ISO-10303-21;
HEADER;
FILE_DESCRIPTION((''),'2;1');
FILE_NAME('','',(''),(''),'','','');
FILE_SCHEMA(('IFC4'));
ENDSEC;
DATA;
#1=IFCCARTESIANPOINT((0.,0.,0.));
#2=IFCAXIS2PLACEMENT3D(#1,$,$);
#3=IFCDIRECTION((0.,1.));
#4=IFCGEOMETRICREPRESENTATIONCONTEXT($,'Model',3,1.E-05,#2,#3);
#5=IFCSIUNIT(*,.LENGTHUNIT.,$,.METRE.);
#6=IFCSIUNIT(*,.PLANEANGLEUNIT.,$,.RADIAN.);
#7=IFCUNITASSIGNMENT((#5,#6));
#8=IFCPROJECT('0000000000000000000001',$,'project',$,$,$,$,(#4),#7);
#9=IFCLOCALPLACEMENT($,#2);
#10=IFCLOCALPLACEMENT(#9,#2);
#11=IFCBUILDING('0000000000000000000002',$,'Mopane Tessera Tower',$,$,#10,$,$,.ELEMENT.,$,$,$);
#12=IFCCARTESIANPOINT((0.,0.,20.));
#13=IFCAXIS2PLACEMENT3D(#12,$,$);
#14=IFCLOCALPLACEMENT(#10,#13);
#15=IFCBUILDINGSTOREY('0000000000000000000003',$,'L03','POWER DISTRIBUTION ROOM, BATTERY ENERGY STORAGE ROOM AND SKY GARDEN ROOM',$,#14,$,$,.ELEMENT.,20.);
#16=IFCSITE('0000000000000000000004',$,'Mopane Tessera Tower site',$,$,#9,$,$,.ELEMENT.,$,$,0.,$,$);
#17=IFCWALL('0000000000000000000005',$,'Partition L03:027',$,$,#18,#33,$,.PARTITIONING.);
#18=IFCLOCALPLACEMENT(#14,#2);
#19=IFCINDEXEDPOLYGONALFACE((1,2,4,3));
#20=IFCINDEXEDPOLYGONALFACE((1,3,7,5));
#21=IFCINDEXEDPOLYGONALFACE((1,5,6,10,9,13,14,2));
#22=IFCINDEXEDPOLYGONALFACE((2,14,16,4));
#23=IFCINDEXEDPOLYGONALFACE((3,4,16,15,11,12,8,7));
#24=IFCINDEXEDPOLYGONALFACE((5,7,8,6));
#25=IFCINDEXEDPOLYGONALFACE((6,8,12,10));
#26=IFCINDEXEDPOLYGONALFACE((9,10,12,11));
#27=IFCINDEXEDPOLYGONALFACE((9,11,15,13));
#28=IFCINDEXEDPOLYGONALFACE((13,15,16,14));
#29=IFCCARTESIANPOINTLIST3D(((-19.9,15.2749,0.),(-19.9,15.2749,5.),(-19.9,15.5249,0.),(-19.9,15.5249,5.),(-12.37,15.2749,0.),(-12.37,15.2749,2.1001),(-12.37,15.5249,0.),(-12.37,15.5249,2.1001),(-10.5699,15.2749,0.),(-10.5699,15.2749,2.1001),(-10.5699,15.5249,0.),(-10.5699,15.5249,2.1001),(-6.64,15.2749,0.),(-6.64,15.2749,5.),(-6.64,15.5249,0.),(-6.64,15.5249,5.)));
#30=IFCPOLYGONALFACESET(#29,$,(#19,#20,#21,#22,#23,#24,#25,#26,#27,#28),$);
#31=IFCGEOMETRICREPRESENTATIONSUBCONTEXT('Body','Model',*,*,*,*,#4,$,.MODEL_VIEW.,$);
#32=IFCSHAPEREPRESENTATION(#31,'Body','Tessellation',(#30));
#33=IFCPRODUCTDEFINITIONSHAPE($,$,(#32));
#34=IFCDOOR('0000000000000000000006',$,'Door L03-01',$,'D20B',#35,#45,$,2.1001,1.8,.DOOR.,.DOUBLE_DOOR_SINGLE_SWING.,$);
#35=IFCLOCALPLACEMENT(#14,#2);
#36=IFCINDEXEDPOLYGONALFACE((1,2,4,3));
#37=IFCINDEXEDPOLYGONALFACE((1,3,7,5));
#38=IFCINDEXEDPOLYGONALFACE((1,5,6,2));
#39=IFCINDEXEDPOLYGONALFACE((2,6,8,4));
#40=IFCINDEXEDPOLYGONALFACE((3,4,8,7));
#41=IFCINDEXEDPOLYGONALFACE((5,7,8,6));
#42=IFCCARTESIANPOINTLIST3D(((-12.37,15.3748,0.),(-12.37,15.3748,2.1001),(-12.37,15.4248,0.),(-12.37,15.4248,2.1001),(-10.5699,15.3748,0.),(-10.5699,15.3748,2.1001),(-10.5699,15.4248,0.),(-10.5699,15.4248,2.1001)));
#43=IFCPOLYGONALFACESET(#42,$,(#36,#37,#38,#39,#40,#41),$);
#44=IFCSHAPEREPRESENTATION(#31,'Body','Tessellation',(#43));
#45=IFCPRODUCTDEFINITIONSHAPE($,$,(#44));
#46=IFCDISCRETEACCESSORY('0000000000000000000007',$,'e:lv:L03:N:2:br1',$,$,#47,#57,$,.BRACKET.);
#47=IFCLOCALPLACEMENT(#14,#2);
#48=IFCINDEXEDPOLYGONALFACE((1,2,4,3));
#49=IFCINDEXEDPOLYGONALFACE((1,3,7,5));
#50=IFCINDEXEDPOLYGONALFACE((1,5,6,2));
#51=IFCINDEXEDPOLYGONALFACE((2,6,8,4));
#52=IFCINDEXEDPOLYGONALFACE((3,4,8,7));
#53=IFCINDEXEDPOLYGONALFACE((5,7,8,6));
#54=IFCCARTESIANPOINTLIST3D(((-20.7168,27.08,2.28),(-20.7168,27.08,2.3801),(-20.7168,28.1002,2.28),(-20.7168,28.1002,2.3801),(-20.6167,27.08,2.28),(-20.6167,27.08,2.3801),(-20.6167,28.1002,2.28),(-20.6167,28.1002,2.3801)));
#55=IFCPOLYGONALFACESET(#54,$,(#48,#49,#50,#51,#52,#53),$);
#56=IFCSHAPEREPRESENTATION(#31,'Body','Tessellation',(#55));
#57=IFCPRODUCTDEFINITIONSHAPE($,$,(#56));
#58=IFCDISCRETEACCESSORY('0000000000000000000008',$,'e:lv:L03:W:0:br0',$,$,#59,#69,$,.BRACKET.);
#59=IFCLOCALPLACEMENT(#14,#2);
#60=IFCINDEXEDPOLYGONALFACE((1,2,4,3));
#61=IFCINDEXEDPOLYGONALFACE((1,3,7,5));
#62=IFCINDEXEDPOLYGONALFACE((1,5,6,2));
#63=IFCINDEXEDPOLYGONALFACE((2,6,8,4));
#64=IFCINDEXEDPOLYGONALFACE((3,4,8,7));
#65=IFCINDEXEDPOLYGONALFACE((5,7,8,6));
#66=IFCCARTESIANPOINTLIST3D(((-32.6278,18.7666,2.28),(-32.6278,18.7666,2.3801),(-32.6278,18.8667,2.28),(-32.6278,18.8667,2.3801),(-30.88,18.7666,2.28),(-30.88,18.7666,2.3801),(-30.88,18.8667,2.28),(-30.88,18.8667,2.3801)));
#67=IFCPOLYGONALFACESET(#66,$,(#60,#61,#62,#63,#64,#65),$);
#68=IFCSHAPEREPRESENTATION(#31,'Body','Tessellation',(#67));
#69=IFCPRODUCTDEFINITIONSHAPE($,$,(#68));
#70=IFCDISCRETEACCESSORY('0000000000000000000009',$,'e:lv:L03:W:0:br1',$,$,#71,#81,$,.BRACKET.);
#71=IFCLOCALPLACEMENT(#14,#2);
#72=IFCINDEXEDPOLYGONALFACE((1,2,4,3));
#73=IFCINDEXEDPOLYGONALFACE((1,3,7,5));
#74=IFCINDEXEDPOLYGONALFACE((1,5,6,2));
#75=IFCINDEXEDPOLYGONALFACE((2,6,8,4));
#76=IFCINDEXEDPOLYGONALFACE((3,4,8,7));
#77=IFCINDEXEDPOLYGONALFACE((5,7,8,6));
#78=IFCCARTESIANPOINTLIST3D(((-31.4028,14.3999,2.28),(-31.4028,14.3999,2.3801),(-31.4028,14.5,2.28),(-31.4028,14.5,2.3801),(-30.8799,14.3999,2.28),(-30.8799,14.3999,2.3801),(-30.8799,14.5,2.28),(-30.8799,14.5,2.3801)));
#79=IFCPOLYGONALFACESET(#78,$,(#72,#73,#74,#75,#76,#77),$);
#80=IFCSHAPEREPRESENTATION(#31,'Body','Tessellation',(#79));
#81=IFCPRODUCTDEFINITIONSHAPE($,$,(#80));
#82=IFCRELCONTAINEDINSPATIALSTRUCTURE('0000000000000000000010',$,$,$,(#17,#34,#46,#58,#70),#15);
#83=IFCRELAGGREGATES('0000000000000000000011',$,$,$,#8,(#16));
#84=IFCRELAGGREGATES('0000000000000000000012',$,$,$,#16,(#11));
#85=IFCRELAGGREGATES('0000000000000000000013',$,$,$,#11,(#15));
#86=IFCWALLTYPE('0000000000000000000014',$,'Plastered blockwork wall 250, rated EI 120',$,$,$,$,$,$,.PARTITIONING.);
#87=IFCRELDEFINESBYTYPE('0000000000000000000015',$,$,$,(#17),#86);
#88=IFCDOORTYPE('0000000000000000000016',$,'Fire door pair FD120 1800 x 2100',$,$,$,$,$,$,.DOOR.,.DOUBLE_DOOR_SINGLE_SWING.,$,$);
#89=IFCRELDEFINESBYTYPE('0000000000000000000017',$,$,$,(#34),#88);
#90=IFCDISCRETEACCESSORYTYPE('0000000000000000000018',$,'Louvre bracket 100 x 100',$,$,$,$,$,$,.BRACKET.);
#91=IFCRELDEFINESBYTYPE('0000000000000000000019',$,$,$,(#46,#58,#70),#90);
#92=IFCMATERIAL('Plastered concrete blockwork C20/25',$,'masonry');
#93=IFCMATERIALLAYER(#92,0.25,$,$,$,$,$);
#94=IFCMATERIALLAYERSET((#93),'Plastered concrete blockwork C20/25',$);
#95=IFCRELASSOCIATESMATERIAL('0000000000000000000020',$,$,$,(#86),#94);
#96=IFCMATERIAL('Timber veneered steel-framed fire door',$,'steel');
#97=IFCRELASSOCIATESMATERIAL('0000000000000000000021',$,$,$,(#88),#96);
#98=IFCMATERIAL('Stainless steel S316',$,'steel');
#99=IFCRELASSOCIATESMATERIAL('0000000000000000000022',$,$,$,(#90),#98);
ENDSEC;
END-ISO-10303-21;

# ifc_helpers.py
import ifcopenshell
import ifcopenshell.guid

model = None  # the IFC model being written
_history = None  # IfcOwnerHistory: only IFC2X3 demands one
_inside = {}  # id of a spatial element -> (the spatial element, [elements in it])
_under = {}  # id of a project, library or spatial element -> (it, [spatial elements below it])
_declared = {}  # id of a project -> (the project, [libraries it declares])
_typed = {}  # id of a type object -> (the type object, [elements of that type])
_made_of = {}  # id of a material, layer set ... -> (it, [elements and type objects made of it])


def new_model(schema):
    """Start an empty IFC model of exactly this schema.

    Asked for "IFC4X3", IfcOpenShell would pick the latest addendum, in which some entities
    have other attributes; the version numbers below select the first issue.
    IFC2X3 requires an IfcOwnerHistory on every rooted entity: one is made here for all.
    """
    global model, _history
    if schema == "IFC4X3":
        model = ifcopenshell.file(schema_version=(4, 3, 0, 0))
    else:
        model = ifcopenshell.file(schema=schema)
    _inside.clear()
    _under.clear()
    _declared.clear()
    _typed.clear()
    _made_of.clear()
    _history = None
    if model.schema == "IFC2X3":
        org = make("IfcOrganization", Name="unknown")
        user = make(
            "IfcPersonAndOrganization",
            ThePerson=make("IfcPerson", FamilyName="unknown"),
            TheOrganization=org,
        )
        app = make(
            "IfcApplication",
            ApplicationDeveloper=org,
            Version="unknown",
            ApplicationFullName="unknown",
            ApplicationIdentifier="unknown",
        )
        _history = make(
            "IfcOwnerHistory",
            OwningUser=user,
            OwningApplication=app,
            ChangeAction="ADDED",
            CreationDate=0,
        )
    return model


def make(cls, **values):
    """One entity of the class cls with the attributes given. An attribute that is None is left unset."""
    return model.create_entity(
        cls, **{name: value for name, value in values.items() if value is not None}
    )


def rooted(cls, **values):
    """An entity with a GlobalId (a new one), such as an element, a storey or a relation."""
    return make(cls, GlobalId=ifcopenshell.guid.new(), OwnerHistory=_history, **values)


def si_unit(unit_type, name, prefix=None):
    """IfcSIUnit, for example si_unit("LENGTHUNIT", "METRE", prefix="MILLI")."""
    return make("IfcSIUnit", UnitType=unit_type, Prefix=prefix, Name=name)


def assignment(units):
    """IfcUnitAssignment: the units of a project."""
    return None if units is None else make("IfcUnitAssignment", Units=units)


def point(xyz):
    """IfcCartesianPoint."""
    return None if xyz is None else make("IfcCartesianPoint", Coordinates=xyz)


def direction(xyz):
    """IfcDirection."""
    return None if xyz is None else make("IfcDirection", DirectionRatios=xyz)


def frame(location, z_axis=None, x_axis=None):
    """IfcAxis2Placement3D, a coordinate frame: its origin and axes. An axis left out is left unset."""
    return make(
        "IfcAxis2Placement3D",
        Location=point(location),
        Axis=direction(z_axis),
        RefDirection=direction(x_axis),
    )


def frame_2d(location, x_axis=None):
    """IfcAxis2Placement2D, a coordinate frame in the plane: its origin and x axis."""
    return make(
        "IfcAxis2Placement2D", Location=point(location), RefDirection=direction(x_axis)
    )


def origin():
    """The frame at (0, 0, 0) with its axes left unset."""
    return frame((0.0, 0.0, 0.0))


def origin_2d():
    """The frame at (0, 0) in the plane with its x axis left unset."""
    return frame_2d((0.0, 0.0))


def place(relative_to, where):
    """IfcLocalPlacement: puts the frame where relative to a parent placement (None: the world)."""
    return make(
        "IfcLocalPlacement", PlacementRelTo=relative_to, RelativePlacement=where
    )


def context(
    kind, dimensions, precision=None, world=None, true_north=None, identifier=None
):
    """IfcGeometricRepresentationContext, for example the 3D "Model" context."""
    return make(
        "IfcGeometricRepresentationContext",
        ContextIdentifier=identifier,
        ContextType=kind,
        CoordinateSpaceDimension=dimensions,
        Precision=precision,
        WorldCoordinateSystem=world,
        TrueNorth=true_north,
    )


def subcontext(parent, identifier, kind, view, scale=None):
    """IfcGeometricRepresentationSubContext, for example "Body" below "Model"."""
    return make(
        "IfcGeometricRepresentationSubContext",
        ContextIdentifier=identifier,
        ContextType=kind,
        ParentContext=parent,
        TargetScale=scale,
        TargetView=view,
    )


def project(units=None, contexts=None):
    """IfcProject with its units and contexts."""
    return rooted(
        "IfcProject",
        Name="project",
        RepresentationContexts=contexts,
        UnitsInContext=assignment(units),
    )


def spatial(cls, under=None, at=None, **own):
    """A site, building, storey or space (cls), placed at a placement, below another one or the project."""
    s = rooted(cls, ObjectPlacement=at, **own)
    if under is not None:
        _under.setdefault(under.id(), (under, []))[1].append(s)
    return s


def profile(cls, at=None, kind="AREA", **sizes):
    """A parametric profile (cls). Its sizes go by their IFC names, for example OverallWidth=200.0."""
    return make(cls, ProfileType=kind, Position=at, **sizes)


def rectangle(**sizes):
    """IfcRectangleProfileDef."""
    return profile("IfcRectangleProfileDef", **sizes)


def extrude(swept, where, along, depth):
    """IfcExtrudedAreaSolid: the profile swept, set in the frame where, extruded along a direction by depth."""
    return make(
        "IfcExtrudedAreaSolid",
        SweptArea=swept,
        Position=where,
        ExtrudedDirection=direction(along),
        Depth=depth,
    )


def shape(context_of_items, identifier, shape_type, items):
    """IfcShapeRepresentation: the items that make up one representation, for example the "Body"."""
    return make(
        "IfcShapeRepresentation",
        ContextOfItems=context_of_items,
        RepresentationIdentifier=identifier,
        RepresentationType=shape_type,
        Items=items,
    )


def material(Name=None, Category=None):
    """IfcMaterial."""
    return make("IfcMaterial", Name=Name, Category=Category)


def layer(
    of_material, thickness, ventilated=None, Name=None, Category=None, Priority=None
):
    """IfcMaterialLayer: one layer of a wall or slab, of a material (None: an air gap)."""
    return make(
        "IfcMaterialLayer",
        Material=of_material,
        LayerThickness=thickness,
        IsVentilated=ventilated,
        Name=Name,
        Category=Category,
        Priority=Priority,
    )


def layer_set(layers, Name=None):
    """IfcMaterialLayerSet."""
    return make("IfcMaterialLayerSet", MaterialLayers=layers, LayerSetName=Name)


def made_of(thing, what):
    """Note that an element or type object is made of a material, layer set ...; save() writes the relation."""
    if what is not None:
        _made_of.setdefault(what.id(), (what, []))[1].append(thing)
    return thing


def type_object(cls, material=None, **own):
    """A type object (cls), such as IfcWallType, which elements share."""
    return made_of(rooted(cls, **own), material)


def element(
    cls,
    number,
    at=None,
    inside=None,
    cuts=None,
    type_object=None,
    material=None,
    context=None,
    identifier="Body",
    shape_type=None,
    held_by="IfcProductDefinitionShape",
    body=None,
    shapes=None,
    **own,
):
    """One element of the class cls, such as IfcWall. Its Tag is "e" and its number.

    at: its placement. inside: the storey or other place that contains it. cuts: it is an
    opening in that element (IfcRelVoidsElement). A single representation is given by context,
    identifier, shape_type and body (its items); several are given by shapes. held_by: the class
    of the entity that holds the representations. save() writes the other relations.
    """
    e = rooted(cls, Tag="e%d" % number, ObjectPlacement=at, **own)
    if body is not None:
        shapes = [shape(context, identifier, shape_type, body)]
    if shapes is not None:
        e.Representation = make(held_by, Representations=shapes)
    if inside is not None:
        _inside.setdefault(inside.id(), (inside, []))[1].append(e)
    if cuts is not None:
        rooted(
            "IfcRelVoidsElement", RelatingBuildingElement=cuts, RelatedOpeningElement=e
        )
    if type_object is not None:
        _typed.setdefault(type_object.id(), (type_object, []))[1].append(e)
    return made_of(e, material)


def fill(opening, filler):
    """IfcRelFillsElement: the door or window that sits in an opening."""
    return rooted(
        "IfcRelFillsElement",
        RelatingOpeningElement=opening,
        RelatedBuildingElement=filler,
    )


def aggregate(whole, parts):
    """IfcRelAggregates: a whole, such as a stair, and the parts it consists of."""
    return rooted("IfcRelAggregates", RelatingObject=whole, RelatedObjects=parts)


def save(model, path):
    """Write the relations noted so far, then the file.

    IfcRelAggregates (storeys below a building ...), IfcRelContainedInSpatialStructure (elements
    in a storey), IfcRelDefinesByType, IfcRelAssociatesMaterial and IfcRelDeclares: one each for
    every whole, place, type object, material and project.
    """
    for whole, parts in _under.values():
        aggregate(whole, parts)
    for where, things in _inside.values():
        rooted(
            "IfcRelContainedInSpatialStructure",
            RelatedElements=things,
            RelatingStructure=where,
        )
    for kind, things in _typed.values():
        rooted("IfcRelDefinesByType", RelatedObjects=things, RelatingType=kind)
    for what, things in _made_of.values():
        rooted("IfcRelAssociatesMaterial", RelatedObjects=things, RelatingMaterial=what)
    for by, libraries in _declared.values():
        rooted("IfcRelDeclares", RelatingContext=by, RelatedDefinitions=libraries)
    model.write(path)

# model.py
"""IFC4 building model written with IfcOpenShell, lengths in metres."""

from ifc_helpers import new_model, si_unit, direction, frame, frame_2d, origin, origin_2d, place, context, subcontext, project, spatial, rectangle, extrude, material, layer, layer_set, type_object, element, fill, save


model = new_model("IFC4")

# Units and contexts
model_context = context("Model", 3, precision=1e-05, world=origin(), true_north=direction((0.0, 1.0)))
body_context = subcontext(model_context, "Body", "Model", "MODEL_VIEW")
ifc_project = project(units=[si_unit("LENGTHUNIT", "METRE"), si_unit("PLANEANGLEUNIT", "RADIAN")], contexts=[model_context])

# Site, building, storey
site_placement = place(None, origin())
site = spatial("IfcSite", under=ifc_project, at=site_placement, Name="Mopane Tessera Tower site", CompositionType="ELEMENT", RefElevation=0.0)
building_placement = place(site_placement, origin())
building = spatial("IfcBuilding", under=site, at=building_placement, Name="Mopane Tessera Tower", CompositionType="ELEMENT")
storey_placement = place(building_placement, frame((0.0, 0.0, 20.0)))
storey = spatial("IfcBuildingStorey", under=building, at=storey_placement, Name="L03", Description="POWER DISTRIBUTION ROOM, BATTERY ENERGY STORAGE ROOM AND SKY GARDEN ROOM", CompositionType="ELEMENT", Elevation=20.0)

# Shared definitions
ifc_material_1 = material(Name="Plastered concrete blockwork C20/25", Category="masonry")
ifc_layer_1 = layer(ifc_material_1, 0.25)
ifc_layer_set_1 = layer_set([ifc_layer_1], Name="Plastered concrete blockwork C20/25")
wall_type_1 = type_object("IfcWallType", Name="Plastered blockwork wall 250, rated EI 120", PredefinedType="PARTITIONING", material=ifc_layer_set_1)

# Wall, opening, door
wall_1_placement = place(storey_placement, frame((-19.8999, 15.3999, 0.0), z_axis=(0.0, 0.0, 1.0), x_axis=(1.0, 0.0, 0.0)))
wall_1 = element("IfcWall", 1, at=wall_1_placement, inside=storey, type_object=wall_type_1, Name="Partition L03:027", PredefinedType="PARTITIONING", context=body_context, shape_type="SweptSolid", body=[
    extrude(rectangle(XDim=13.26, YDim=0.25, at=frame_2d((6.6299, 0.0))), origin(), (0.0, 0.0, 1.0), 5.0),
])
opening_1_placement = place(wall_1_placement, frame((7.53, 0.0, 0.0)))
opening_1 = element("IfcOpeningElement", 2, at=opening_1_placement, cuts=wall_1, PredefinedType="OPENING", context=body_context, shape_type="SweptSolid", body=[
    extrude(rectangle(XDim=1.8, YDim=2.1001, at=frame_2d((0.8999, 1.05))), frame((0.0, 0.137, 0.0), z_axis=(0.0, -1.0, 0.0), x_axis=(1.0, 0.0, 0.0)), (0.0, 0.0, 1.0), 0.2739),
])
ifc_material_2 = material(Name="Timber veneered steel-framed fire door", Category="steel")
door_type_1 = type_object("IfcDoorType", Name="Fire door pair FD120 1800 x 2100", OperationType="DOUBLE_DOOR_SINGLE_SWING", PredefinedType="DOOR", material=ifc_material_2)
door_1_placement = place(opening_1_placement, origin())
door_1 = element("IfcDoor", 3, at=door_1_placement, inside=storey, type_object=door_type_1, Name="Door L03-01", ObjectType="D20B", OperationType="DOUBLE_DOOR_SINGLE_SWING", OverallHeight=2.1001, OverallWidth=1.8, PredefinedType="DOOR", context=body_context, shape_type="SweptSolid", body=[
    extrude(rectangle(XDim=1.8, YDim=2.1001, at=frame_2d((0.8999, 1.05))), frame((0.0, 0.0249, 0.0), z_axis=(0.0, -1.0, 0.0), x_axis=(1.0, 0.0, 0.0)), (0.0, 0.0, 1.0), 0.05),
])
fill(opening_1, door_1)

# Discrete accessories
ifc_material_3 = material(Name="Stainless steel S316", Category="steel")
discrete_accessory_type = type_object("IfcDiscreteAccessoryType", Name="Louvre bracket 100 x 100", PredefinedType="BRACKET", material=ifc_material_3)
discrete_accessory_1_placement = place(storey_placement, frame((-20.6667, 27.5901, 2.28), z_axis=(0.0, 0.0, 1.0), x_axis=(0.0, 1.0, 0.0)))
element("IfcDiscreteAccessory", 4, at=discrete_accessory_1_placement, inside=storey, type_object=discrete_accessory_type, Name="e:lv:L03:N:2:br1", PredefinedType="BRACKET", context=body_context, shape_type="SweptSolid", body=[
    extrude(rectangle(XDim=1.0203, YDim=0.1001, at=origin_2d()), origin(), (0.0, 0.0, 1.0), 0.1001),
])
discrete_accessory_2_placement = place(storey_placement, frame((-31.7539, 18.8167, 2.28), z_axis=(0.0, 0.0, 1.0), x_axis=(-1.0, 0.0, 0.0)))
element("IfcDiscreteAccessory", 5, at=discrete_accessory_2_placement, inside=storey, type_object=discrete_accessory_type, Name="e:lv:L03:W:0:br0", PredefinedType="BRACKET", context=body_context, shape_type="SweptSolid", body=[
    extrude(rectangle(XDim=1.7478, YDim=0.1001, at=origin_2d()), origin(), (0.0, 0.0, 1.0), 0.1001),
])
discrete_accessory_3_placement = place(storey_placement, frame((-31.1414, 14.45, 2.28), z_axis=(0.0, 0.0, 1.0), x_axis=(-1.0, 0.0, 0.0)))
element("IfcDiscreteAccessory", 6, at=discrete_accessory_3_placement, inside=storey, type_object=discrete_accessory_type, Name="e:lv:L03:W:0:br1", PredefinedType="BRACKET", context=body_context, shape_type="SweptSolid", body=[
    extrude(rectangle(XDim=0.5229, YDim=0.1001, at=origin_2d()), origin(), (0.0, 0.0, 1.0), 0.1001),
])

save(model, "model.ifc")
